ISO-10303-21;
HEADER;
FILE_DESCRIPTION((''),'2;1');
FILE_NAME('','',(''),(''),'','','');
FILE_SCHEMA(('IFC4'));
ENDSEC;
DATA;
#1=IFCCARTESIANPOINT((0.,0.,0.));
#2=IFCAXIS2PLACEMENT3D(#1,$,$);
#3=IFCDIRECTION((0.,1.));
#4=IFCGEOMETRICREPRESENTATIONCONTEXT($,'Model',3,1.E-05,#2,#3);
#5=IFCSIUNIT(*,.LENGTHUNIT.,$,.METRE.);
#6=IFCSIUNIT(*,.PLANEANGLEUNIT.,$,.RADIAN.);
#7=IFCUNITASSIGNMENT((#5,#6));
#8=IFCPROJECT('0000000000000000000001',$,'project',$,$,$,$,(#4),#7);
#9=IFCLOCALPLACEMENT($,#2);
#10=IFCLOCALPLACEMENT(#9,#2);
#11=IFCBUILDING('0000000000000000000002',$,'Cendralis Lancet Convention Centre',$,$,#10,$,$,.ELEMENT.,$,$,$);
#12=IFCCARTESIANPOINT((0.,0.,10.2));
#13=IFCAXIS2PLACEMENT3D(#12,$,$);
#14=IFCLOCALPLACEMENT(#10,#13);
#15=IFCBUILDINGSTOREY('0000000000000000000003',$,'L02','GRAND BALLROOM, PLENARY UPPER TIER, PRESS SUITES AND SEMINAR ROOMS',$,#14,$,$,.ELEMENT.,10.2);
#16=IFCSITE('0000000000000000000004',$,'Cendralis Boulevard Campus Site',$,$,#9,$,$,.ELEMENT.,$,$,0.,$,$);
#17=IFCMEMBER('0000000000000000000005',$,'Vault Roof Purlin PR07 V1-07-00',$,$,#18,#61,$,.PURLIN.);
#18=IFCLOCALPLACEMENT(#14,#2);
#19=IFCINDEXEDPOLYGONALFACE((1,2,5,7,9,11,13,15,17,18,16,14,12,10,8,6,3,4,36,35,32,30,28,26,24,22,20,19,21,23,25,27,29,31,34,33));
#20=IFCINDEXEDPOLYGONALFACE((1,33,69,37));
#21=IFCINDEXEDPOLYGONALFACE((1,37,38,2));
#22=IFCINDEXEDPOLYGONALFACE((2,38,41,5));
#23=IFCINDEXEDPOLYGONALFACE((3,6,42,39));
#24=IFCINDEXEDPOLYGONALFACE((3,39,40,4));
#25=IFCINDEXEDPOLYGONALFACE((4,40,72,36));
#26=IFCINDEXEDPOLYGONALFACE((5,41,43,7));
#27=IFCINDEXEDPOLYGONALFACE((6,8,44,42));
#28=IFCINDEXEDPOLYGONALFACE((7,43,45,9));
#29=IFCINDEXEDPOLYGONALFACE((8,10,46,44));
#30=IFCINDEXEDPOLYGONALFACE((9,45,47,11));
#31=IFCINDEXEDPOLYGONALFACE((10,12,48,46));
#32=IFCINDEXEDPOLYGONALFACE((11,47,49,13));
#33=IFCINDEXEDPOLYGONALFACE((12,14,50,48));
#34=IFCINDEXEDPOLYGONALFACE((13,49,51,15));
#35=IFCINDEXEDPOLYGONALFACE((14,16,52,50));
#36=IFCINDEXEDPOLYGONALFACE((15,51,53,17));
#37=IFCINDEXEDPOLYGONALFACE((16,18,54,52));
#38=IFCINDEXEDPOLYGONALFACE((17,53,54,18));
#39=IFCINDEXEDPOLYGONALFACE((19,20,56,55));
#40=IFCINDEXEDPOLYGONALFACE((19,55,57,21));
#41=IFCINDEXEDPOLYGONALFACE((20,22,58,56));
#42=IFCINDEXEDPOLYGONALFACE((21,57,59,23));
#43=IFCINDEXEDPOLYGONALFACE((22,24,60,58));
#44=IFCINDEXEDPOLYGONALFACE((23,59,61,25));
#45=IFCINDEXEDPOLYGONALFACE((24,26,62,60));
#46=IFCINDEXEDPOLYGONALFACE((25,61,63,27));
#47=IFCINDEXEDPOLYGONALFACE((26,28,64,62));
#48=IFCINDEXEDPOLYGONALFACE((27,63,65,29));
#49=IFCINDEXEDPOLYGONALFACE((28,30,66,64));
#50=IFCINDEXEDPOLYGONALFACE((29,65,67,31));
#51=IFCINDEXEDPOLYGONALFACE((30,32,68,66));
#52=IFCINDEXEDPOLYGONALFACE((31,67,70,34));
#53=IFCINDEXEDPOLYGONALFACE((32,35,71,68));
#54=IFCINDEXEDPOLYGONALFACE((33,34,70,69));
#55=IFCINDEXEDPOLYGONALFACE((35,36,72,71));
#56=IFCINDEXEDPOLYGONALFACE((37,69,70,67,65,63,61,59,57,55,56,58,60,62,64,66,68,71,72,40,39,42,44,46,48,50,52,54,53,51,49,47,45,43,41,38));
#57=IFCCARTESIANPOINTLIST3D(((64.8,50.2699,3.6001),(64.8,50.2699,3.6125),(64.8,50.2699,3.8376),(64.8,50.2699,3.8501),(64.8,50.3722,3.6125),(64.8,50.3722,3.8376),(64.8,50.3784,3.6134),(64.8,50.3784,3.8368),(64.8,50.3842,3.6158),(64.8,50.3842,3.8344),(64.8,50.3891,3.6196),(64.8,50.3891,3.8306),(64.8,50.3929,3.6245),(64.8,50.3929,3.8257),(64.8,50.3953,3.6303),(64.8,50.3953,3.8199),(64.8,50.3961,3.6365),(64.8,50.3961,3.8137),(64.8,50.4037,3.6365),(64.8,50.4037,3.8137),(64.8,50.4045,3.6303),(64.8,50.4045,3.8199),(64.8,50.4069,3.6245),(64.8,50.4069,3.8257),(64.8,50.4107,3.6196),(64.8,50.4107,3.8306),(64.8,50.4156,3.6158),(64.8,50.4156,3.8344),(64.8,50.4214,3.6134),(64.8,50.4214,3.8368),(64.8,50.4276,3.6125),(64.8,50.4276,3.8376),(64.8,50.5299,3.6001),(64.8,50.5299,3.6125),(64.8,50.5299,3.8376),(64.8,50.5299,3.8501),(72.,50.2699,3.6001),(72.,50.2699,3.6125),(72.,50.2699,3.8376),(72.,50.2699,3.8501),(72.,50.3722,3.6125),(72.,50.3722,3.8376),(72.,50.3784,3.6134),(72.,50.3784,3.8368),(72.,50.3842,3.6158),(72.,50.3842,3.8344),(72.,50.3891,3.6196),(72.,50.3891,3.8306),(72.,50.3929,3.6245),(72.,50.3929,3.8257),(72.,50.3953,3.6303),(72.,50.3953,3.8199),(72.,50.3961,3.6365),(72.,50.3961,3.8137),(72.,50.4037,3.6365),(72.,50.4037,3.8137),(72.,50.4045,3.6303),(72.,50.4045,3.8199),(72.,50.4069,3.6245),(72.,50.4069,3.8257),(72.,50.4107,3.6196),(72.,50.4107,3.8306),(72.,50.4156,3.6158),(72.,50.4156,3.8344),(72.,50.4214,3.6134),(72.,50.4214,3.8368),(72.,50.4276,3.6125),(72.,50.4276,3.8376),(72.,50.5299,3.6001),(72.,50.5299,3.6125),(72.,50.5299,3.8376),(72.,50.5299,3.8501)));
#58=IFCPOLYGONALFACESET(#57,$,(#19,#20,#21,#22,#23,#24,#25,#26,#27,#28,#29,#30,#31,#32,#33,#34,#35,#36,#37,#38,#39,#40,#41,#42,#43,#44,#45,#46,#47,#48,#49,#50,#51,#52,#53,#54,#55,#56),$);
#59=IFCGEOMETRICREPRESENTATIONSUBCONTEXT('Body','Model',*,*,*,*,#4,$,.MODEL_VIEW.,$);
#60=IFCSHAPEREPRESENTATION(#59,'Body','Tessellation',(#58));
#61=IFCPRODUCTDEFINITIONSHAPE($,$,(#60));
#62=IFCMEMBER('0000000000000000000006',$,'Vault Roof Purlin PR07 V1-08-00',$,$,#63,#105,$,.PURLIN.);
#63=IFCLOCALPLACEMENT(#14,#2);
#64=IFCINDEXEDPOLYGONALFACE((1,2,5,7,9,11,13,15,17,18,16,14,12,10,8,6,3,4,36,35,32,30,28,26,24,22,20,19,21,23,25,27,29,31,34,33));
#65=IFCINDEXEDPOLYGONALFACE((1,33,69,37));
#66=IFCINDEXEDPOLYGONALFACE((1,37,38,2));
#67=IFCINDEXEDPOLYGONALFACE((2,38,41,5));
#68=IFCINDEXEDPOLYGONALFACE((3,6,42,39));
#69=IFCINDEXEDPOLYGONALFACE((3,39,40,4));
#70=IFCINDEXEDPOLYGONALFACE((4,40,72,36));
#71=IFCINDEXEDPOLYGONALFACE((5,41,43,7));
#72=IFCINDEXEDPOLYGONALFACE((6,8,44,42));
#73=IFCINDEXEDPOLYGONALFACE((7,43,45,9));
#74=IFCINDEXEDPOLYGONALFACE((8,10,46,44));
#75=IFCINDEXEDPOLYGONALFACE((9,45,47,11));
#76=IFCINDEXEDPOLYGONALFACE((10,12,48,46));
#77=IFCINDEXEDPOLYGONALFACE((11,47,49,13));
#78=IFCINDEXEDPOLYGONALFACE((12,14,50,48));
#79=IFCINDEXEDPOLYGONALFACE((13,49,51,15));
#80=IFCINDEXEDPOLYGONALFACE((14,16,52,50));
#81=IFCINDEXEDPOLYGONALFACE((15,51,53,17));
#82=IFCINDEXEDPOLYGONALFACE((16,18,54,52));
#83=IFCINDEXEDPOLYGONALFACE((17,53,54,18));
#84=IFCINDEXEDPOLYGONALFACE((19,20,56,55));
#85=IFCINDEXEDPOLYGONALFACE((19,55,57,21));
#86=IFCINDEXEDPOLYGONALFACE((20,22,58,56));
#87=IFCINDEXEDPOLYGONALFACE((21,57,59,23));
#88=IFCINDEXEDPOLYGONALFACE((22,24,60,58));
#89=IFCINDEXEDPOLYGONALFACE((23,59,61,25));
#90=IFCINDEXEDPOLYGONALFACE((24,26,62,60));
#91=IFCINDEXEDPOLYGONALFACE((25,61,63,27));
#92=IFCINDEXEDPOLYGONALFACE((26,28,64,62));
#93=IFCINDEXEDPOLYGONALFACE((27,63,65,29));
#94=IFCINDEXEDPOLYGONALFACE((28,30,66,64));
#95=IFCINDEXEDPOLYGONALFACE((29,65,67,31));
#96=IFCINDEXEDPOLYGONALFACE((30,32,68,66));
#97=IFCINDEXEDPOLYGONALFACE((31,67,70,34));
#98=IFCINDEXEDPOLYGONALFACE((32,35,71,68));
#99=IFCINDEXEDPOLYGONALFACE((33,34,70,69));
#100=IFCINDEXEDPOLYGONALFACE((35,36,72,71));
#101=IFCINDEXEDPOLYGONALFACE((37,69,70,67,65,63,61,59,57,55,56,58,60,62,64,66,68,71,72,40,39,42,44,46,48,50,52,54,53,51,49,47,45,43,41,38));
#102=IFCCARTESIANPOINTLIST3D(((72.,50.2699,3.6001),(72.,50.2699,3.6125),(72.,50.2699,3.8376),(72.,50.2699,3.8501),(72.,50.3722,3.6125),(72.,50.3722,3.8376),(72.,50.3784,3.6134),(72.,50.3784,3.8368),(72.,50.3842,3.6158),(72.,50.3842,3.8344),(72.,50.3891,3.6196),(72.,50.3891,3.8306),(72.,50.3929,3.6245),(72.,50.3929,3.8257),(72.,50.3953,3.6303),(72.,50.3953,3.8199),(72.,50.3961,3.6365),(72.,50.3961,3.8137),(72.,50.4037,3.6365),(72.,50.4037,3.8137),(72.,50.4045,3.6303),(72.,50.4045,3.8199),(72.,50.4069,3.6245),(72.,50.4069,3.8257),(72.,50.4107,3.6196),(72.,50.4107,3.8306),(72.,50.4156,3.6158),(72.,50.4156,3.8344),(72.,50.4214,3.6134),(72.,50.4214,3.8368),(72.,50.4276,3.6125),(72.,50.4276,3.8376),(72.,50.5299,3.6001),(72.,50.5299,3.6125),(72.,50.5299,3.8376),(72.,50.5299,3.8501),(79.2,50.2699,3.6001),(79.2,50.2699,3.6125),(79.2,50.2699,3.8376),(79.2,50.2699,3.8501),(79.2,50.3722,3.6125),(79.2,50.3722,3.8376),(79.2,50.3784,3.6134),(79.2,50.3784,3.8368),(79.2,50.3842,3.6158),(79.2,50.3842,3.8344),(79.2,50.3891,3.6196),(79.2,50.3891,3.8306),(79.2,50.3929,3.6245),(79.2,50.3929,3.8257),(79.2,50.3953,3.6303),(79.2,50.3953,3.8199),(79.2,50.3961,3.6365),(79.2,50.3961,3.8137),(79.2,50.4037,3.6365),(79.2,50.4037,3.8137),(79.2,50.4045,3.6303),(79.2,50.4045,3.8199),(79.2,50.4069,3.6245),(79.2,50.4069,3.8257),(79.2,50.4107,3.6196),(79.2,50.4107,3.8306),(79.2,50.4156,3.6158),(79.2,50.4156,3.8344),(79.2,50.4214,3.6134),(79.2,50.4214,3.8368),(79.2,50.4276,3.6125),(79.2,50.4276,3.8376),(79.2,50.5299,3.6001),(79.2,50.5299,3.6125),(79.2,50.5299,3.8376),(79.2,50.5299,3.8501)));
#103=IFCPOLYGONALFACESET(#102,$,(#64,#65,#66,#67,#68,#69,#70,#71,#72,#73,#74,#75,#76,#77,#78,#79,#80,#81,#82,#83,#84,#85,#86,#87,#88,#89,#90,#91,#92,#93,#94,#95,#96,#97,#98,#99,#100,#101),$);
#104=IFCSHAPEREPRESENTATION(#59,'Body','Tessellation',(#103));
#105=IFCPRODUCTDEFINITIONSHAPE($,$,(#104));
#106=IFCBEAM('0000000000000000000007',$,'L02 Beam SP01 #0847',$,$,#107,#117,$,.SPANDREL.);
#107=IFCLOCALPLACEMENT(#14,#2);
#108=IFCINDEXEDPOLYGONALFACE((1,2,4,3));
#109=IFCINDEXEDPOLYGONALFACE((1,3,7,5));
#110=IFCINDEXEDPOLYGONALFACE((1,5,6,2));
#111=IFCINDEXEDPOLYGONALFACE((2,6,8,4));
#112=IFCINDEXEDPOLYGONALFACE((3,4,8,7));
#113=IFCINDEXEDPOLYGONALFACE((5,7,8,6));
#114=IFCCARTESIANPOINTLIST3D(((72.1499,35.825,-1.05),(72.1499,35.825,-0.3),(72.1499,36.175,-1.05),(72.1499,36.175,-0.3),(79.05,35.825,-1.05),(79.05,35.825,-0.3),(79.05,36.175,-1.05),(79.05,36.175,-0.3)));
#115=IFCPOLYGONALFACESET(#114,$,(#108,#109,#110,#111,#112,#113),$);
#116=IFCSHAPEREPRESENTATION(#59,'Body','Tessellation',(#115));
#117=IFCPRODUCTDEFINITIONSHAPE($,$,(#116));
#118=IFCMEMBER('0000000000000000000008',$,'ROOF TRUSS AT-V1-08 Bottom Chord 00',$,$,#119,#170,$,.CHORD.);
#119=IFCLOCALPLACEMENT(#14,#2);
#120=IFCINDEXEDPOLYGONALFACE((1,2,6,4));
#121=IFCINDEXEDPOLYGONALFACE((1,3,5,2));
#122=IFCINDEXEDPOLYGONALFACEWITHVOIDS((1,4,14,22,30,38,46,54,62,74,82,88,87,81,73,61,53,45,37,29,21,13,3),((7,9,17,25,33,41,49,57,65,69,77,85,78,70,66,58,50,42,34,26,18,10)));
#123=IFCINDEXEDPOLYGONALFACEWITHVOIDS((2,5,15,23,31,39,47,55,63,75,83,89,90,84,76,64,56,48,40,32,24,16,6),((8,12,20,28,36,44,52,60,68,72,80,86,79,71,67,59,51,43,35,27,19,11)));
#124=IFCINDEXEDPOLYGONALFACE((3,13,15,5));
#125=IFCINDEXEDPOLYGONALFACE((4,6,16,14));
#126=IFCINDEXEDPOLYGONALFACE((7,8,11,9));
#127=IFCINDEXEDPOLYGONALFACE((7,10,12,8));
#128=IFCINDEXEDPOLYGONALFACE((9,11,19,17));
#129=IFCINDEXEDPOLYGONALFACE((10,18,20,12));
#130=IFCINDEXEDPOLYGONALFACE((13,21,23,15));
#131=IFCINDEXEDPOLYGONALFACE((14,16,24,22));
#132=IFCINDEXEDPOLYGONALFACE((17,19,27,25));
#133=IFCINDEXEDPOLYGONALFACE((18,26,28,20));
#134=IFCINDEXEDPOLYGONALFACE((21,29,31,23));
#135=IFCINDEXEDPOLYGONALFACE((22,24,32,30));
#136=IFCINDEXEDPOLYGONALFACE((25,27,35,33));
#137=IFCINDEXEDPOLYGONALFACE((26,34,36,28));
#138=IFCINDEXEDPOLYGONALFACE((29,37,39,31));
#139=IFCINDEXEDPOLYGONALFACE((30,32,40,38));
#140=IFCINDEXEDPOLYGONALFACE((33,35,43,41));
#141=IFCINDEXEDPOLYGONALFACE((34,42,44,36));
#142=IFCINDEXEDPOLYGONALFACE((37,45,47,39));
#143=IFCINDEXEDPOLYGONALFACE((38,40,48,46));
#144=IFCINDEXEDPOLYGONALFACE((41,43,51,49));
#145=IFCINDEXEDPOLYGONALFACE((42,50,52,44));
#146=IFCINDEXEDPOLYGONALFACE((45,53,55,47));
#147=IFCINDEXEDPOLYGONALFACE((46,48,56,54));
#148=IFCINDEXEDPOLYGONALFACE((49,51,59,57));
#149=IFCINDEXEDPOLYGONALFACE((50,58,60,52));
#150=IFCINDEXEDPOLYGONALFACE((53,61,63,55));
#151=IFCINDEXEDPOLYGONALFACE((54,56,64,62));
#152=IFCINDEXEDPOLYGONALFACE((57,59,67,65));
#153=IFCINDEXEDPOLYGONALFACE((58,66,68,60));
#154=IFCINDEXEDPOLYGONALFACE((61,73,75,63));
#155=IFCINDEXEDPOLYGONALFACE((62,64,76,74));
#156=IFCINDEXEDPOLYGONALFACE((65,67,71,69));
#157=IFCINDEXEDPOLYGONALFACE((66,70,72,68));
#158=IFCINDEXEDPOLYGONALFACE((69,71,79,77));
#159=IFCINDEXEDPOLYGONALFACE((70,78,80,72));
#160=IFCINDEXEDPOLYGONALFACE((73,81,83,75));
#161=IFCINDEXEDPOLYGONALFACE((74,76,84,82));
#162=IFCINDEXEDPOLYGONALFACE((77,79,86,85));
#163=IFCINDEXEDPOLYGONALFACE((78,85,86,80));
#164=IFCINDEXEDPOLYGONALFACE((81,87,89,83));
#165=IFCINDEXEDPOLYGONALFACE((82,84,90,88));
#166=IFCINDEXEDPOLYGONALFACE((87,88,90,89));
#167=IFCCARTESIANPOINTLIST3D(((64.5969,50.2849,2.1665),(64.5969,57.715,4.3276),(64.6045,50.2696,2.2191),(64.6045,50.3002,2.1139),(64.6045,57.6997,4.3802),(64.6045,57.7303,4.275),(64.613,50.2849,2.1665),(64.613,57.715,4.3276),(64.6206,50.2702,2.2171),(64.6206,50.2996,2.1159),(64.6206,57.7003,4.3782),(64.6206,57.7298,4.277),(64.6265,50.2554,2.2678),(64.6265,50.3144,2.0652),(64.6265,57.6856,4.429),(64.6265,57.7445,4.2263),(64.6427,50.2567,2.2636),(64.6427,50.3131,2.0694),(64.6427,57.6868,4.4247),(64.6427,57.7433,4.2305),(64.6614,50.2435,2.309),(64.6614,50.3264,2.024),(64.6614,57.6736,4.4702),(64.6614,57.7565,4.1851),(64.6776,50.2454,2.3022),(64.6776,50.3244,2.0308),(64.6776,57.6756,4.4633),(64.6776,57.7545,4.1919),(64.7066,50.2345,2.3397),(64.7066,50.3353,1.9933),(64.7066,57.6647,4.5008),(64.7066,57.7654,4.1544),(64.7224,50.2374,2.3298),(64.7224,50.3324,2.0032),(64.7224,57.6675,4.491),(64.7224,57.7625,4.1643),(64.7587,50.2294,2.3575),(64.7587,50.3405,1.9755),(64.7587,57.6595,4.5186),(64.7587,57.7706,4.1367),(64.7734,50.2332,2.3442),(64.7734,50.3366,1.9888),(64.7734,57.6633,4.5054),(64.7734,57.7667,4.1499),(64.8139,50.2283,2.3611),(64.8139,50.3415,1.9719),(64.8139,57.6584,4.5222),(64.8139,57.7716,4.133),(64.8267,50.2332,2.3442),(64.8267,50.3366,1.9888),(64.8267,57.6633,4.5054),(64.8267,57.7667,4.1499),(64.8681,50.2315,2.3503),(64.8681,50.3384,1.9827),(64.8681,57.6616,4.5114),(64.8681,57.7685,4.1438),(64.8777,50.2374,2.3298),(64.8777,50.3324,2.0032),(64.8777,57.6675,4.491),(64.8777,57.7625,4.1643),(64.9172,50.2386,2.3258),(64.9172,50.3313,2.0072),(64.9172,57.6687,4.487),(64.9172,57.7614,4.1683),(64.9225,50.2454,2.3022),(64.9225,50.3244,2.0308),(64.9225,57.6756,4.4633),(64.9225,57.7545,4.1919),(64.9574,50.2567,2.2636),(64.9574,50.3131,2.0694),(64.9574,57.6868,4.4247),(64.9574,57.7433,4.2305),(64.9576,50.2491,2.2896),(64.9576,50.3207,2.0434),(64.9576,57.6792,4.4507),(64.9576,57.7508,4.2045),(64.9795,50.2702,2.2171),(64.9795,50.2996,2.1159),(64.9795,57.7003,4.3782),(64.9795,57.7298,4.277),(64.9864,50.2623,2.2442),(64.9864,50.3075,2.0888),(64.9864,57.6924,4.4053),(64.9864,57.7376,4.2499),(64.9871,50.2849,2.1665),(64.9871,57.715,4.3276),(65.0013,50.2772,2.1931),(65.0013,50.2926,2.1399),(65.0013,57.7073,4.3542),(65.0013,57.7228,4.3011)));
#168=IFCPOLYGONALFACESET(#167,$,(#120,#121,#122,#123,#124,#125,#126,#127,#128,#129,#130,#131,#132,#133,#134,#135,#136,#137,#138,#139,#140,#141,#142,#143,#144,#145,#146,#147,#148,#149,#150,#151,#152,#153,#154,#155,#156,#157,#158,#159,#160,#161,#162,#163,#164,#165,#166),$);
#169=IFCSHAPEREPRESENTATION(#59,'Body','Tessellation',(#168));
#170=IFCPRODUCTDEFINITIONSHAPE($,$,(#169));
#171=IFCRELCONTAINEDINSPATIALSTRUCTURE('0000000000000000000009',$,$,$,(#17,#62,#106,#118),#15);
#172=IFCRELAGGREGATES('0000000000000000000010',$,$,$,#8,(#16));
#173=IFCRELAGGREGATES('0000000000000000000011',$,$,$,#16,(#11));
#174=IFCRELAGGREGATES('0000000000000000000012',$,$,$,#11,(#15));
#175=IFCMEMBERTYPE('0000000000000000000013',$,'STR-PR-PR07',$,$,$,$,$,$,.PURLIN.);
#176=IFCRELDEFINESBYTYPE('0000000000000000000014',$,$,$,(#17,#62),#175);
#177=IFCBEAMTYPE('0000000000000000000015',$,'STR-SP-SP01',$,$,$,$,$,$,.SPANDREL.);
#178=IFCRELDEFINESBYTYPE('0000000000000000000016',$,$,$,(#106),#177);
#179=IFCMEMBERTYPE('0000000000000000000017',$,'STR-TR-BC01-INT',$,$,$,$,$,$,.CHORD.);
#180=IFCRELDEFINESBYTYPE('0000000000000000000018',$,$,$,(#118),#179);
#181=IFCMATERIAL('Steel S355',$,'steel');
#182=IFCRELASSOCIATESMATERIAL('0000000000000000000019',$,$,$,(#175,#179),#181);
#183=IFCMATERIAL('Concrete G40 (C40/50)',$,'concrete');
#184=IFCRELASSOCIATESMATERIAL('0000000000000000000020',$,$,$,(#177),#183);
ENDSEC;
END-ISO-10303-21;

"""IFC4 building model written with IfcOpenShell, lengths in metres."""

from ifc_helpers import new_model, si_unit, direction, frame, origin, origin_2d, place, context, subcontext, project, spatial, rectangle, hollow_circle, i_section, extrude, material, material_profile, profile_set, type_object, element, save


model = new_model("IFC4")

# Units and contexts
model_context = context("Model", 3, precision=1e-05, world=origin(), true_north=direction((0.0, 1.0)))
body_context = subcontext(model_context, "Body", "Model", "MODEL_VIEW")
ifc_project = project(units=[si_unit("LENGTHUNIT", "METRE"), si_unit("PLANEANGLEUNIT", "RADIAN")], contexts=[model_context])

# Site, building, storey
site_placement = place(None, origin())
site = spatial("IfcSite", under=ifc_project, at=site_placement, Name="Cendralis Boulevard Campus Site", CompositionType="ELEMENT", RefElevation=0.0)
building_placement = place(site_placement, origin())
building = spatial("IfcBuilding", under=site, at=building_placement, Name="Cendralis Lancet Convention Centre", CompositionType="ELEMENT")
storey_placement = place(building_placement, frame((0.0, 0.0, 10.2)))
storey = spatial("IfcBuildingStorey", under=building, at=storey_placement, Name="L02", Description="GRAND BALLROOM, PLENARY UPPER TIER, PRESS SUITES AND SEMINAR ROOMS", CompositionType="ELEMENT", Elevation=10.2)

# Shared definitions
ifc_material_1 = material(Name="Steel S355", Category="steel")

# Shared definitions
ifc_material_2 = material(Name="Concrete G40 (C40/50)", Category="concrete")

# Members
ifc_material_profile_1 = material_profile(ifc_material_1, i_section(OverallWidth=0.26, OverallDepth=0.25, WebThickness=0.0076, FlangeThickness=0.0125, FilletRadius=0.0239, at=origin_2d()), Name="HEA 260")
ifc_profile_set_1 = profile_set([ifc_material_profile_1], Name="Steel S355")
member_type_1 = type_object("IfcMemberType", Name="STR-PR-PR07", PredefinedType="PURLIN", material=ifc_profile_set_1)
for number, where, z_axis, x_axis, name in (
    (1, (64.8, 50.3999, 3.7251), (1.0, 0.0, 0.0), (0.0, 1.0, 0.0), "Vault Roof Purlin PR07 V1-07-00"),
    (2, (72.0, 50.3999, 3.7251), (1.0, 0.0, 0.0), (0.0, 1.0, 0.0), "Vault Roof Purlin PR07 V1-08-00"),
):
    element("IfcMember", number, at=place(storey_placement, frame(where, z_axis=z_axis, x_axis=x_axis)), inside=storey, type_object=member_type_1, Name=name, PredefinedType="PURLIN", context=body_context, shape_type="SweptSolid", body=[
        extrude(i_section(OverallWidth=0.26, OverallDepth=0.25, WebThickness=0.0076, FlangeThickness=0.0125, FilletRadius=0.0239, at=origin_2d()), origin(), (0.0, 0.0, 1.0), 7.2),
    ])

# Beam
ifc_material_profile_2 = material_profile(ifc_material_2, rectangle(XDim=0.3501, YDim=0.75, at=origin_2d()), Name="RCB 350x750")
ifc_profile_set_2 = profile_set([ifc_material_profile_2], Name="Concrete G40 (C40/50)")
beam_type_1 = type_object("IfcBeamType", Name="STR-SP-SP01", PredefinedType="SPANDREL", material=ifc_profile_set_2)
beam_1_placement = place(storey_placement, frame((72.1499, 36.0, -0.675), z_axis=(1.0, 0.0, 0.0), x_axis=(0.0, 1.0, 0.0)))
element("IfcBeam", 3, at=beam_1_placement, inside=storey, type_object=beam_type_1, Name="L02 Beam SP01 #0847", PredefinedType="SPANDREL", context=body_context, shape_type="SweptSolid", body=[
    extrude(rectangle(XDim=0.3501, YDim=0.75, at=origin_2d()), origin(), (0.0, 0.0, 1.0), 6.9001),
])

# Member
ifc_material_profile_3 = material_profile(ifc_material_1, hollow_circle(Radius=0.2031, WallThickness=0.0161, at=origin_2d()), Name="CHS 406.4x16.0")
ifc_profile_set_3 = profile_set([ifc_material_profile_3], Name="Steel S355")
member_type_2 = type_object("IfcMemberType", Name="STR-TR-BC01-INT", PredefinedType="CHORD", material=ifc_profile_set_3)
for number, where, z_axis, x_axis, name in (
    (4, (64.8, 50.2849, 2.1665), (0.0, 0.960208, 0.279285), (-1.0, 0.0, 0.0), "ROOF TRUSS AT-V1-08 Bottom Chord 00"),
):
    element("IfcMember", number, at=place(storey_placement, frame(where, z_axis=z_axis, x_axis=x_axis)), inside=storey, type_object=member_type_2, Name=name, PredefinedType="CHORD", context=body_context, shape_type="SweptSolid", body=[
        extrude(hollow_circle(Radius=0.2031, WallThickness=0.0161, at=origin_2d()), origin(), (0.0, 0.0, 1.0), 7.738),
    ])

save(model, "model.ifc")
